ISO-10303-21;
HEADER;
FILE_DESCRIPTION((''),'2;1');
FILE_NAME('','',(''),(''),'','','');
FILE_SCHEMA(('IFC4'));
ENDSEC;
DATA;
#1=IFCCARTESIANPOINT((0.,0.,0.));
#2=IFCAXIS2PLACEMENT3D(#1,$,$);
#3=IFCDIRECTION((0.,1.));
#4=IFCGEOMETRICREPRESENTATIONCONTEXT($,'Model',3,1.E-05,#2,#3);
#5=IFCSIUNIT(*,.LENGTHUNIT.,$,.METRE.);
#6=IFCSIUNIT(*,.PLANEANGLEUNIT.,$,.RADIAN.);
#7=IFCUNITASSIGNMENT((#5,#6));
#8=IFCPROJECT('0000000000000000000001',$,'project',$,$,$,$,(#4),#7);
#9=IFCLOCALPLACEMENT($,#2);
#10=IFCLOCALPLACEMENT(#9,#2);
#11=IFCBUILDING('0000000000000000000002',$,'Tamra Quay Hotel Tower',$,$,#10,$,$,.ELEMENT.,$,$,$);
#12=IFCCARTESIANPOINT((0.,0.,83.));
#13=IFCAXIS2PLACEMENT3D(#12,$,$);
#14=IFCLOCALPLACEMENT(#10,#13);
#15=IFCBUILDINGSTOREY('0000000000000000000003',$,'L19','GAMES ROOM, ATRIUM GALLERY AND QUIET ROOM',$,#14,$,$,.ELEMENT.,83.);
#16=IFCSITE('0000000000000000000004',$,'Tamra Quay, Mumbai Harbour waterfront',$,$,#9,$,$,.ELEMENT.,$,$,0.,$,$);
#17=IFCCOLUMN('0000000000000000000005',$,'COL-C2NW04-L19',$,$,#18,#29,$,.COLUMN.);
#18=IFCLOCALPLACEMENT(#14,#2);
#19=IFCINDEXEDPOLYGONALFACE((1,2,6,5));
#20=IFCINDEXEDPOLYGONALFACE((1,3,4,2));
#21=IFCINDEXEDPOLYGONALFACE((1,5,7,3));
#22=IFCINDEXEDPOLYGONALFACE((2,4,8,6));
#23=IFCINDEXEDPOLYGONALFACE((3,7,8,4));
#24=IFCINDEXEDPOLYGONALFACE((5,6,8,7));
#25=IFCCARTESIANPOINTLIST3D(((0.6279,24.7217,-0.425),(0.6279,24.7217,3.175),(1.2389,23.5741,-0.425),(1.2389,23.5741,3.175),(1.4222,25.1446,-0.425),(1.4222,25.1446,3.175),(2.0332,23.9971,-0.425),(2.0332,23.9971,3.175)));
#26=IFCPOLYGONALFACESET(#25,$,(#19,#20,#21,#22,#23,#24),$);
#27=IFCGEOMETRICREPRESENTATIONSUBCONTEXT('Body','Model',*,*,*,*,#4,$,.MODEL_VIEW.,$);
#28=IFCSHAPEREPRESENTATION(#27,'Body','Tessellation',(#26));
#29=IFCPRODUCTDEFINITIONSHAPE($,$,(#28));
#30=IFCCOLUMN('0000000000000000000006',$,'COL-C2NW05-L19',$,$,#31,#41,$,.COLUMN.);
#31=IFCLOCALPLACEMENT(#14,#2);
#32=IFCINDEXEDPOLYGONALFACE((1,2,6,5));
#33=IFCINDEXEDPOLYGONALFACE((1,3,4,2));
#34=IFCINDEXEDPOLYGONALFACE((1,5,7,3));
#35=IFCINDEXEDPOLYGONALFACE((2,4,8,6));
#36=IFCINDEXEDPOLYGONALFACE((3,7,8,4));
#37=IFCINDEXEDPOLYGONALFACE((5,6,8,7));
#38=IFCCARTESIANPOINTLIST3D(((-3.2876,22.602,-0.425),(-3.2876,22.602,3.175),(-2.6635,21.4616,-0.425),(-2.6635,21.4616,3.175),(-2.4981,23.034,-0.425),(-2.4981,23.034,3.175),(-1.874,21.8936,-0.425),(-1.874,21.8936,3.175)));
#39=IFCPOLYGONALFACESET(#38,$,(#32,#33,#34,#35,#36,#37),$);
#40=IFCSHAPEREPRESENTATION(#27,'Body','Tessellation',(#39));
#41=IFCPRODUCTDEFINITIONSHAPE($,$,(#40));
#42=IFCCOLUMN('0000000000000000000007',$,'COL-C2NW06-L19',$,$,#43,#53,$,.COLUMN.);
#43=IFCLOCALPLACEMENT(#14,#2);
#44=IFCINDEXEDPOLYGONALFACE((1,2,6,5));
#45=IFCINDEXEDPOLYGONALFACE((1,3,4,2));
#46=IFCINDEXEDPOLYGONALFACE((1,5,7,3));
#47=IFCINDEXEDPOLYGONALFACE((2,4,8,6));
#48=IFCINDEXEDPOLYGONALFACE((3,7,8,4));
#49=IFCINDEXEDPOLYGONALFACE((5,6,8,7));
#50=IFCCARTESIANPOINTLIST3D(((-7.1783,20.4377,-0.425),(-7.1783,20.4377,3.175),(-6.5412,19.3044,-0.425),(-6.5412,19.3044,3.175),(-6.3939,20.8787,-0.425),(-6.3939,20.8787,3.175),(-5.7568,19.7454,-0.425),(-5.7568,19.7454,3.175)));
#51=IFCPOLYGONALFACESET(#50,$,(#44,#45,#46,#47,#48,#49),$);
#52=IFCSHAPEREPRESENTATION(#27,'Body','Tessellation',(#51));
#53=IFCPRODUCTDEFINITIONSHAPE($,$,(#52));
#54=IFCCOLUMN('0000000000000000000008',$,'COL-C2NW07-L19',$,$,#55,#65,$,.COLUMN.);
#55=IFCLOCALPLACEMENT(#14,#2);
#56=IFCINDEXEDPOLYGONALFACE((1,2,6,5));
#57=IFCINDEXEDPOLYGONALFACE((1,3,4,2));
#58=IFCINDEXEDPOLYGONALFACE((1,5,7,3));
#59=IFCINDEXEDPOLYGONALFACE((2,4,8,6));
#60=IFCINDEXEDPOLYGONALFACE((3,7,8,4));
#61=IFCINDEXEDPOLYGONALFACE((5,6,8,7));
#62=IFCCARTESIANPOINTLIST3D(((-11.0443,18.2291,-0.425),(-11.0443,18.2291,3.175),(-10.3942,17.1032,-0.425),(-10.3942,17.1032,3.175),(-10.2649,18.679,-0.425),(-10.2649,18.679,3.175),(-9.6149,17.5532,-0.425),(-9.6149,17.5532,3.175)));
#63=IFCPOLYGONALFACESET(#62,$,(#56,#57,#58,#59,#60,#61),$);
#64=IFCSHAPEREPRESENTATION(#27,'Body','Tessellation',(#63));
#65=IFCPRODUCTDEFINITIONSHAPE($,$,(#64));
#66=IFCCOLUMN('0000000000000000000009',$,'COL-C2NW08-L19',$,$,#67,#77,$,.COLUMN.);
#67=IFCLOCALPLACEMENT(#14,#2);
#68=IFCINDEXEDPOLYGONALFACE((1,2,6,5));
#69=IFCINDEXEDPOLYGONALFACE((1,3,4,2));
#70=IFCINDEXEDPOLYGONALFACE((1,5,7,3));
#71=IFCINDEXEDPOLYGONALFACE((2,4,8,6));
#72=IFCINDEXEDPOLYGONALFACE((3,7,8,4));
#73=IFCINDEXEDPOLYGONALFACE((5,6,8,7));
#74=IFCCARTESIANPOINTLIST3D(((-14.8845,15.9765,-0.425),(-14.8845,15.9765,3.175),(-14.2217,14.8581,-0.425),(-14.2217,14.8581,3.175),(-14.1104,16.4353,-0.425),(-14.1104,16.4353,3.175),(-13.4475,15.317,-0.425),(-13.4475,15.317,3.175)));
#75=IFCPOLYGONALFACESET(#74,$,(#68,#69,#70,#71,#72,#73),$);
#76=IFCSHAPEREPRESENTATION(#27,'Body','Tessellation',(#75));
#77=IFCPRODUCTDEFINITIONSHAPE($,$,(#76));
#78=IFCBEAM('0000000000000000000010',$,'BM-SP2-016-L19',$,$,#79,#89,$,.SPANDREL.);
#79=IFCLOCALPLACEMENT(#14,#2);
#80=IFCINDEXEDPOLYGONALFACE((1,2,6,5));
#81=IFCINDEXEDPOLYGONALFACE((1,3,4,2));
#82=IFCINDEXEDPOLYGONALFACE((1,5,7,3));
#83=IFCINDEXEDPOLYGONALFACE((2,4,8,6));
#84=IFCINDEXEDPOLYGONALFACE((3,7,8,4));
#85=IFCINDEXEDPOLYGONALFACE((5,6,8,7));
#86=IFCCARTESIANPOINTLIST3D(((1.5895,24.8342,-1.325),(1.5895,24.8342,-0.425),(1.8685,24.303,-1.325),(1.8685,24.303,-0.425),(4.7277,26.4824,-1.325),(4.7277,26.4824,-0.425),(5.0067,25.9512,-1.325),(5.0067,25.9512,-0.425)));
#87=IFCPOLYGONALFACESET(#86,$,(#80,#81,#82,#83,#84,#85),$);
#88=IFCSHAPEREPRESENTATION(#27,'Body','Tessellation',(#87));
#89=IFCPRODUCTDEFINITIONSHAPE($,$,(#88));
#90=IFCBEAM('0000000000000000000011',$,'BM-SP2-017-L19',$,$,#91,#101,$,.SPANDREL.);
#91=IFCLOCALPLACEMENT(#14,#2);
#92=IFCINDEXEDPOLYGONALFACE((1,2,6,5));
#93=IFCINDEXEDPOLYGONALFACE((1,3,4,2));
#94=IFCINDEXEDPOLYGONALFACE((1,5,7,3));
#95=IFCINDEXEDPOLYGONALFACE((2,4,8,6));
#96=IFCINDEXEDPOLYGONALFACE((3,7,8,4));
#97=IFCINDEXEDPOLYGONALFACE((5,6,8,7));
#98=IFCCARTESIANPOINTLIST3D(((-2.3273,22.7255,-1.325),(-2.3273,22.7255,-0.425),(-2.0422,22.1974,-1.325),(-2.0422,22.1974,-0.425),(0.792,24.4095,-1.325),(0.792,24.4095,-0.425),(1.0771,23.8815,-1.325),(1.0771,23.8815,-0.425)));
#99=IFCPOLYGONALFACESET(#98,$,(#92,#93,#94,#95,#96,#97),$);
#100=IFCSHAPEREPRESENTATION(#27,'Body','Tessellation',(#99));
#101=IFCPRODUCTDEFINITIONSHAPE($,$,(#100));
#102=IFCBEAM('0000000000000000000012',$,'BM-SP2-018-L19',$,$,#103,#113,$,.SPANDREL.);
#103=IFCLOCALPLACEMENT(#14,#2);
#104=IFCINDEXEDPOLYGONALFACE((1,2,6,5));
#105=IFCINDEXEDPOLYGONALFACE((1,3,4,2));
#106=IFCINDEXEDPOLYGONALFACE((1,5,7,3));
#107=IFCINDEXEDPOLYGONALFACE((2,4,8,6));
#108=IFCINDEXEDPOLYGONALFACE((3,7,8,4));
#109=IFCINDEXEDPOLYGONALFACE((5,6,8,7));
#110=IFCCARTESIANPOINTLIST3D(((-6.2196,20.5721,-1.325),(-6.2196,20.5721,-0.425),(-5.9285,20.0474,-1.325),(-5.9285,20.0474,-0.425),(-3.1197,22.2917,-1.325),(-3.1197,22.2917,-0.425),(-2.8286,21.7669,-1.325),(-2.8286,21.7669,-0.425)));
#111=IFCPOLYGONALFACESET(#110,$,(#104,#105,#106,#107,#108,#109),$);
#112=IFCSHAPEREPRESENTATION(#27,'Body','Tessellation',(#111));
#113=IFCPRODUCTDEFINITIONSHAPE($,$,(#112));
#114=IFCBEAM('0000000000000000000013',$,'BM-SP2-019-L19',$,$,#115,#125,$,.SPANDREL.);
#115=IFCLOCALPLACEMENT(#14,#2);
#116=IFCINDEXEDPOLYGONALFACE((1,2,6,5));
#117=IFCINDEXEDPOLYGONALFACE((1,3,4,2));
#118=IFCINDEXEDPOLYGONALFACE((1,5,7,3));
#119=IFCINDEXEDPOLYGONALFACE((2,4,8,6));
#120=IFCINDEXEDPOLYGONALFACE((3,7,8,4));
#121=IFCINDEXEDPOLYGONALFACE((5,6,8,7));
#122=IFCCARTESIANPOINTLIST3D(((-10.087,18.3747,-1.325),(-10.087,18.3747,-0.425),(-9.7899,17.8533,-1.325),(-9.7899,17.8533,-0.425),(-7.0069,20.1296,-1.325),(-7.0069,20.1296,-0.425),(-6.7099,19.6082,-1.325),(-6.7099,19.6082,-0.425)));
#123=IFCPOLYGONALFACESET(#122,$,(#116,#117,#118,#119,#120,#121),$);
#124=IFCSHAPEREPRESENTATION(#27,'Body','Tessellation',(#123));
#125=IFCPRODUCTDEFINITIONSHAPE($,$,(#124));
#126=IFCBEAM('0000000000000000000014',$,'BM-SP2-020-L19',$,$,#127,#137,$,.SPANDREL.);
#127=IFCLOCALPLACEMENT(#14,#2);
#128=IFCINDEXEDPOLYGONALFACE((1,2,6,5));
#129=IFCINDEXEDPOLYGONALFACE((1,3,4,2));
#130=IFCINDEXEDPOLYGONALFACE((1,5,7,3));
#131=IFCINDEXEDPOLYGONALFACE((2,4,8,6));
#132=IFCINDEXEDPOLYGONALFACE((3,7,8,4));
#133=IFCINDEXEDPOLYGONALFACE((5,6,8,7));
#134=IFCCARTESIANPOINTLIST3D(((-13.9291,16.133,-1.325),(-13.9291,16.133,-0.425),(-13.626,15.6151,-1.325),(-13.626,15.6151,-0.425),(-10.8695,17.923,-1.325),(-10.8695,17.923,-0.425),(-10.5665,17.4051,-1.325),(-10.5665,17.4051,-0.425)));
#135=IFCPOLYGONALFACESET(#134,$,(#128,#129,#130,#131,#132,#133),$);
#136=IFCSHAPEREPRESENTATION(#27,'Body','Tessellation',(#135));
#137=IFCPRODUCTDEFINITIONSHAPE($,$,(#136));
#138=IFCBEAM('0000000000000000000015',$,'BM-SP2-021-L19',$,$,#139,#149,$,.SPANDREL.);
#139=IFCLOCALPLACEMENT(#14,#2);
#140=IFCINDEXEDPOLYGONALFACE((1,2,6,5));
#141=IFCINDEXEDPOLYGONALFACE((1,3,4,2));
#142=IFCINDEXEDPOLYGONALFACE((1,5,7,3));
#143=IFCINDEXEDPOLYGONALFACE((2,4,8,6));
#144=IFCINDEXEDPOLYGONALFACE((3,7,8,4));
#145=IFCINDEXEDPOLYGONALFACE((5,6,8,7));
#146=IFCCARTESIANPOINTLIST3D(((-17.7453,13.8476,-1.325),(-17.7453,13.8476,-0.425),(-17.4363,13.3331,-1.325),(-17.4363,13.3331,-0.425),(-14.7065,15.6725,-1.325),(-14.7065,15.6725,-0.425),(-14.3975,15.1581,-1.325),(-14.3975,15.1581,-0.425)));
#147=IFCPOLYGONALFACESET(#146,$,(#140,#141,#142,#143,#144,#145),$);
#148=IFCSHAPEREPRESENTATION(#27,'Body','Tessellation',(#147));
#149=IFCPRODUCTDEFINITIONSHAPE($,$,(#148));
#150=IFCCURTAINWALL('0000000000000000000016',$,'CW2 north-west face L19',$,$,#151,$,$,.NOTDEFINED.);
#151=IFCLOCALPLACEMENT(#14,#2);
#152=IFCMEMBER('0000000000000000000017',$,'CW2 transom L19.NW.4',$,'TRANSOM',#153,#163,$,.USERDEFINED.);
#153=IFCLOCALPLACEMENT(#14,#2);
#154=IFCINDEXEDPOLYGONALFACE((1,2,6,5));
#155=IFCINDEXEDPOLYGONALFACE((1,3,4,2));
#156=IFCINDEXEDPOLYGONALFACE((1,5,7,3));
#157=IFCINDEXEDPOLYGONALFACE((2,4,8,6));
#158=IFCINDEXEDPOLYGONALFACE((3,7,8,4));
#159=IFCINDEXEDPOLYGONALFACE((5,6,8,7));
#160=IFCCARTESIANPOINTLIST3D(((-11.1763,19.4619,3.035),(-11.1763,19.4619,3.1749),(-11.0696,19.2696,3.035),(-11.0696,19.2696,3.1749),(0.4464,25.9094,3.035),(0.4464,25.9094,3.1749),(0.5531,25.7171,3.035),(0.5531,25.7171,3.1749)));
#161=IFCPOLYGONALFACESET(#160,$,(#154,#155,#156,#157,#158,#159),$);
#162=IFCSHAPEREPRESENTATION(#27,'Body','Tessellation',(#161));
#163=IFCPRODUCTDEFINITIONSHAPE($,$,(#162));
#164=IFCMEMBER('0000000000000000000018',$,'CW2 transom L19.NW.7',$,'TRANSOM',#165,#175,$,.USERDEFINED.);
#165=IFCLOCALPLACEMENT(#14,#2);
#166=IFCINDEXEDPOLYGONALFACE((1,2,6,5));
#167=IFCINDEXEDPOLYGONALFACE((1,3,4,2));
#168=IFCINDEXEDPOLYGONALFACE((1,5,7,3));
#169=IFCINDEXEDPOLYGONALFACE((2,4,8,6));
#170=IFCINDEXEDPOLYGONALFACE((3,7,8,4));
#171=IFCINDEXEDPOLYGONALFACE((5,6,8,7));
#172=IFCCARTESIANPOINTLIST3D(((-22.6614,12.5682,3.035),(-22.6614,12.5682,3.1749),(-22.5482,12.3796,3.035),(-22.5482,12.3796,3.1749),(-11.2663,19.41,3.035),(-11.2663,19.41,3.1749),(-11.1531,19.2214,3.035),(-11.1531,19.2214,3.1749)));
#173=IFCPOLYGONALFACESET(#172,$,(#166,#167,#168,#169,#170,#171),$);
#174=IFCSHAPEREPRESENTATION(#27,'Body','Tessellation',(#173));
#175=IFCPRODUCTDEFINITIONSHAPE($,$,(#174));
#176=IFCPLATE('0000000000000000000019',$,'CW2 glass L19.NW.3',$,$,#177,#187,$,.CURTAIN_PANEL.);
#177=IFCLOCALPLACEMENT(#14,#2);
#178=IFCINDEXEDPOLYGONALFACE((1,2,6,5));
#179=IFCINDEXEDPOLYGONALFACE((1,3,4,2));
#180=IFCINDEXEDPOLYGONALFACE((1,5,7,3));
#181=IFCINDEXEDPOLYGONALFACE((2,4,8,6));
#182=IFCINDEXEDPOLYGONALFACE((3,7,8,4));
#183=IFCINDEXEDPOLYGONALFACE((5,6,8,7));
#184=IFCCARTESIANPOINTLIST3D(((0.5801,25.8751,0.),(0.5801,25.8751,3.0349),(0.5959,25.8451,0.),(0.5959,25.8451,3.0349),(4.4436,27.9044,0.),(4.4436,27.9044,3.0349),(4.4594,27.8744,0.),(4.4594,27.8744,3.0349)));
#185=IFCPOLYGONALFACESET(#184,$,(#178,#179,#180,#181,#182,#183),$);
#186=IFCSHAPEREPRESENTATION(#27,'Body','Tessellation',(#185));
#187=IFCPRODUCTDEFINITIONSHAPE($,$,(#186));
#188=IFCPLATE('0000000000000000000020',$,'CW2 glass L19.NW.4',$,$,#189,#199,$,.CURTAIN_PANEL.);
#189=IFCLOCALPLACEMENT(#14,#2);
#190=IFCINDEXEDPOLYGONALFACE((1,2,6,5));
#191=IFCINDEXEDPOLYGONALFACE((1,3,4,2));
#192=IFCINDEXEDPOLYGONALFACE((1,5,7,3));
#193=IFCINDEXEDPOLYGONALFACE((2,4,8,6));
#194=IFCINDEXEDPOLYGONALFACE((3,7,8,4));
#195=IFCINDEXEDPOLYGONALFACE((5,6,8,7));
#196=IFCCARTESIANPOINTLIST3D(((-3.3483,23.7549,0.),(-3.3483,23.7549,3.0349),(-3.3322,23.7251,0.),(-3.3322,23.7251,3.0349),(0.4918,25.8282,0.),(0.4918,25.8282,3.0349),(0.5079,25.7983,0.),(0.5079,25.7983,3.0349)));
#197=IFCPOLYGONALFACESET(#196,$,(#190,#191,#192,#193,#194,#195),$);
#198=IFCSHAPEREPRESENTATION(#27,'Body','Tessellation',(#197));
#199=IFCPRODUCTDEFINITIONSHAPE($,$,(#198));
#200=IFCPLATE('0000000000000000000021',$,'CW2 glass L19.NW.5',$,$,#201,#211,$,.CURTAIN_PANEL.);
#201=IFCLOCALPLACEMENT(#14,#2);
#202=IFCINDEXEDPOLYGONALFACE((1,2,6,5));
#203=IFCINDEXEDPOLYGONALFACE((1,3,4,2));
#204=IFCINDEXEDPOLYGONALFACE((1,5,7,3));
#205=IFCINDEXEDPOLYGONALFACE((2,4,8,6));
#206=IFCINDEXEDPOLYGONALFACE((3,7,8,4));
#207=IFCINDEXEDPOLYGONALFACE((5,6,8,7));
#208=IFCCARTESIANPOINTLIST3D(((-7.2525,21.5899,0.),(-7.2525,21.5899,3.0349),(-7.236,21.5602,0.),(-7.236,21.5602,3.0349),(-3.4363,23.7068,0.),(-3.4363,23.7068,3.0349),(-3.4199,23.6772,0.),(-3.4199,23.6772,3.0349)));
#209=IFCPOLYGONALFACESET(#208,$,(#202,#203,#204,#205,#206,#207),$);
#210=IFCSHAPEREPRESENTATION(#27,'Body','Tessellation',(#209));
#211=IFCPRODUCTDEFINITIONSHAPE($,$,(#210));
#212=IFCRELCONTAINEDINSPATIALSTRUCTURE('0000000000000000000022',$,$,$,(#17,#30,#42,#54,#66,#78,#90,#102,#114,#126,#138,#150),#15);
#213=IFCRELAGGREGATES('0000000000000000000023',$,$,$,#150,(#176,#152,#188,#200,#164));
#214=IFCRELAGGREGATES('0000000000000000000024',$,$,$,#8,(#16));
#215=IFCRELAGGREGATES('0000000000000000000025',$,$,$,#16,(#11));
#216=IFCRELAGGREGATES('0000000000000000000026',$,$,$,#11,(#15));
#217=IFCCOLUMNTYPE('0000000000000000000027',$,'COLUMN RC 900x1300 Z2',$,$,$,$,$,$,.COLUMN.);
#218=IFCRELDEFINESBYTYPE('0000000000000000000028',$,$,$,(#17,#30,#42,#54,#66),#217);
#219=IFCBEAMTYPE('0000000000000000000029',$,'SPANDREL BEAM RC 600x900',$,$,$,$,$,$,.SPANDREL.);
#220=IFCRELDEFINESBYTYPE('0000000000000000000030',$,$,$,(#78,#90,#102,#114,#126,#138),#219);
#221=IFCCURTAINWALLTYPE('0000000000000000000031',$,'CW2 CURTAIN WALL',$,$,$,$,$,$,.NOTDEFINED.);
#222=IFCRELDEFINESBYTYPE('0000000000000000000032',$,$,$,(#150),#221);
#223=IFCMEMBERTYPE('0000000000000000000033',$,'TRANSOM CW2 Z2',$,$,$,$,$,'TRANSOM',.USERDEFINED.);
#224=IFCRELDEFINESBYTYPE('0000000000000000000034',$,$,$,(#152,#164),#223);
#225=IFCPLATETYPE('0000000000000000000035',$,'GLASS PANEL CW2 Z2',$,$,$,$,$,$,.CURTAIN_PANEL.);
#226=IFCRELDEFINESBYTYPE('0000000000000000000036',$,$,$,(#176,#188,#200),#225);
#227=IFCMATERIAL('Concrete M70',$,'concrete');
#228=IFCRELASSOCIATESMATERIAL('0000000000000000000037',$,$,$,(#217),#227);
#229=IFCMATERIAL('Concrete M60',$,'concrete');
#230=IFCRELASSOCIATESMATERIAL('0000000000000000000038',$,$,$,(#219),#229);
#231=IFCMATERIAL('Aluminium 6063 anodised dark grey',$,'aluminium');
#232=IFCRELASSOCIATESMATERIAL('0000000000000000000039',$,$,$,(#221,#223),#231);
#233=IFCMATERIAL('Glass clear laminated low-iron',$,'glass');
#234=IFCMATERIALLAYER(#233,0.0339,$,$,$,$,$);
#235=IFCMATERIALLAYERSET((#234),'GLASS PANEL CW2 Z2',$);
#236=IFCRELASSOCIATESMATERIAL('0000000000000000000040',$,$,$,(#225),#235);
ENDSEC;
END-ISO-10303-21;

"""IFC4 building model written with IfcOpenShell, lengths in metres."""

from ifc_helpers import new_model, si_unit, direction, frame, origin, origin_2d, place, context, subcontext, project, spatial, rectangle, extrude, material, layer, layer_set, material_profile, profile_set, type_object, element, aggregate, save


model = new_model("IFC4")

# Units and contexts
model_context = context("Model", 3, precision=1e-05, world=origin(), true_north=direction((0.0, 1.0)))
body_context = subcontext(model_context, "Body", "Model", "MODEL_VIEW")
ifc_project = project(units=[si_unit("LENGTHUNIT", "METRE"), si_unit("PLANEANGLEUNIT", "RADIAN")], contexts=[model_context])

# Site, building, storey
site_placement = place(None, origin())
site = spatial("IfcSite", under=ifc_project, at=site_placement, Name="Tamra Quay, Mumbai Harbour waterfront", CompositionType="ELEMENT", RefElevation=0.0)
building_placement = place(site_placement, origin())
building = spatial("IfcBuilding", under=site, at=building_placement, Name="Tamra Quay Hotel Tower", CompositionType="ELEMENT")
storey_placement = place(building_placement, frame((0.0, 0.0, 83.0)))
storey = spatial("IfcBuildingStorey", under=building, at=storey_placement, Name="L19", Description="GAMES ROOM, ATRIUM GALLERY AND QUIET ROOM", CompositionType="ELEMENT", Elevation=83.0)

# Columns
ifc_material_1 = material(Name="Concrete M70", Category="concrete")
ifc_material_profile_1 = material_profile(ifc_material_1, rectangle(XDim=1.3, YDim=0.8999, at=origin_2d()), Name="COLUMN RC 900x1300 Z2")
ifc_profile_set_1 = profile_set([ifc_material_profile_1], Name="Concrete M70")
column_type = type_object("IfcColumnType", Name="COLUMN RC 900x1300 Z2", PredefinedType="COLUMN", material=ifc_profile_set_1)
for number, where, z_axis, x_axis, name in (
    (1, (1.3306, 24.3594, -0.425), (0.0, 0.0, 1.0), (-0.470002, 0.882666, 0.0), "COL-C2NW04-L19"),
    (2, (-2.5808, 22.2478, -0.425), (0.0, 0.0, 1.0), (-0.48006, 0.877236, 0.0), "COL-C2NW05-L19"),
    (3, (-6.4675, 20.0916, -0.425), (0.0, 0.0, 1.0), (-0.490061, 0.871688, 0.0), "COL-C2NW06-L19"),
    (4, (-10.3296, 17.8911, -0.425), (0.0, 0.0, 1.0), (-0.5, 0.866025, 0.0), "COL-C2NW07-L19"),
    (5, (-14.166, 15.6467, -0.425), (0.0, 0.0, 1.0), (-0.509873, 0.860249, 0.0), "COL-C2NW08-L19"),
):
    element("IfcColumn", number, at=place(storey_placement, frame(where, z_axis=z_axis, x_axis=x_axis)), inside=storey, type_object=column_type, Name=name, PredefinedType="COLUMN", context=body_context, shape_type="SweptSolid", body=[
        extrude(rectangle(XDim=1.3, YDim=0.8999, at=origin_2d()), origin(), (0.0, 0.0, 1.0), 3.6001),
    ])

# Beams
ifc_material_2 = material(Name="Concrete M60", Category="concrete")
ifc_material_profile_2 = material_profile(ifc_material_2, rectangle(XDim=0.6001, YDim=0.8999, at=origin_2d()), Name="SPANDREL BEAM RC 600x900")
ifc_profile_set_2 = profile_set([ifc_material_profile_2], Name="Concrete M60")
beam_type = type_object("IfcBeamType", Name="SPANDREL BEAM RC 600x900", PredefinedType="SPANDREL", material=ifc_profile_set_2)
beam_placement = place(storey_placement, frame((4.8672, 26.2168, -0.875), z_axis=(-0.885323, -0.464977, 0.0), x_axis=(0.464977, -0.885323, 0.0)))
element("IfcBeam", 6, at=beam_placement, inside=storey, type_object=beam_type, Name="BM-SP2-016-L19", PredefinedType="SPANDREL", context=body_context, shape_type="SweptSolid", body=[
    extrude(rectangle(XDim=0.6001, YDim=0.8999, at=origin_2d()), origin(), (0.0, 0.0, 1.0), 3.5447),
])
for number, where, z_axis, x_axis, name in (
    (7, (0.9346, 24.1455, -0.875), (-0.879951, -0.475065, 0.0), (0.475065, -0.879951, 0.0), "BM-SP2-017-L19"),
    (8, (-2.9741, 22.0293, -0.875), (-0.874475, -0.48507, 0.0), (0.48507, -0.874475, 0.0), "BM-SP2-018-L19"),
    (9, (-6.8584, 19.8689, -0.875), (-0.86887, -0.495041, 0.0), (0.495041, -0.86887, 0.0), "BM-SP2-019-L19"),
):
    element("IfcBeam", number, at=place(storey_placement, frame(where, z_axis=z_axis, x_axis=x_axis)), inside=storey, type_object=beam_type, Name=name, PredefinedType="SPANDREL", context=body_context, shape_type="SweptSolid", body=[
        extrude(rectangle(XDim=0.6001, YDim=0.8999, at=origin_2d()), origin(), (0.0, 0.0, 1.0), 3.5449),
    ])
for number, where, z_axis, x_axis, name in (
    (10, (-10.718, 17.6641, -0.875), (-0.863129, -0.504984, 0.0), (0.504984, -0.863129, 0.0), "BM-SP2-020-L19"),
    (11, (-14.552, 15.4153, -0.875), (-0.857286, -0.51484, 0.0), (0.51484, -0.857286, 0.0), "BM-SP2-021-L19"),
):
    element("IfcBeam", number, at=place(storey_placement, frame(where, z_axis=z_axis, x_axis=x_axis)), inside=storey, type_object=beam_type, Name=name, PredefinedType="SPANDREL", context=body_context, shape_type="SweptSolid", body=[
        extrude(rectangle(XDim=0.6001, YDim=0.8999, at=origin_2d()), origin(), (0.0, 0.0, 1.0), 3.5447),
    ])

# Curtain wall, members, plates
ifc_material_3 = material(Name="Aluminium 6063 anodised dark grey", Category="aluminium")
curtain_wall_type = type_object("IfcCurtainWallType", Name="CW2 CURTAIN WALL", PredefinedType="NOTDEFINED", material=ifc_material_3)
curtain_wall_placement = place(storey_placement, origin())
curtain_wall = element("IfcCurtainWall", 12, at=curtain_wall_placement, inside=storey, type_object=curtain_wall_type, Name="CW2 north-west face L19", PredefinedType="NOTDEFINED")
ifc_material_profile_3 = material_profile(ifc_material_3, rectangle(XDim=0.22, YDim=0.1399, at=origin_2d()), Name="TRANSOM 220X140")
ifc_profile_set_3 = profile_set([ifc_material_profile_3], Name="Aluminium 6063 anodised dark grey")
member_type = type_object("IfcMemberType", Name="TRANSOM CW2 Z2", ElementType="TRANSOM", PredefinedType="USERDEFINED", material=ifc_profile_set_3)
member_1_placement = place(storey_placement, frame((0.4998, 25.8132, 3.105), z_axis=(-0.874464, -0.485091, 0.0), x_axis=(0.485091, -0.874464, 0.0)))
member_1 = element("IfcMember", 13, at=member_1_placement, type_object=member_type, Name="CW2 transom L19.NW.4", ObjectType="TRANSOM", PredefinedType="USERDEFINED", context=body_context, shape_type="SweptSolid", body=[
    extrude(rectangle(XDim=0.22, YDim=0.1399, at=origin_2d()), origin(), (0.0, 0.0, 1.0), 13.2913),
])
member_2_placement = place(storey_placement, frame((-11.2097, 19.3157, 3.105), z_axis=(-0.857334, -0.51476, 0.0), x_axis=(0.51476, -0.857334, 0.0)))
member_2 = element("IfcMember", 14, at=member_2_placement, type_object=member_type, Name="CW2 transom L19.NW.7", ObjectType="TRANSOM", PredefinedType="USERDEFINED", context=body_context, shape_type="SweptSolid", body=[
    extrude(rectangle(XDim=0.22, YDim=0.1399, at=origin_2d()), origin(), (0.0, 0.0, 1.0), 13.2913),
])
ifc_material_4 = material(Name="Glass clear laminated low-iron", Category="glass")
ifc_layer_1 = layer(ifc_material_4, 0.0339)
ifc_layer_set_1 = layer_set([ifc_layer_1], Name="GLASS PANEL CW2 Z2")
plate_type = type_object("IfcPlateType", Name="GLASS PANEL CW2 Z2", PredefinedType="CURTAIN_PANEL", material=ifc_layer_set_1)
plate_1_placement = place(storey_placement, frame((2.5198, 26.8748, 0.0), z_axis=(0.0, 0.0, 1.0), x_axis=(-0.885306, -0.465009, 0.0)))
plate_1 = element("IfcPlate", 15, at=plate_1_placement, type_object=plate_type, Name="CW2 glass L19.NW.3", PredefinedType="CURTAIN_PANEL", context=body_context, shape_type="SweptSolid", body=[
    extrude(rectangle(XDim=4.364, YDim=0.0339, at=origin_2d()), origin(), (0.0, 0.0, 1.0), 3.0349),
])
plate_2_placement = place(storey_placement, frame((-1.4202, 24.7766, 0.0), z_axis=(0.0, 0.0, 1.0), x_axis=(-0.879946, -0.475074, 0.0)))
plate_2 = element("IfcPlate", 16, at=plate_2_placement, type_object=plate_type, Name="CW2 glass L19.NW.4", PredefinedType="CURTAIN_PANEL", context=body_context, shape_type="SweptSolid", body=[
    extrude(rectangle(XDim=4.364, YDim=0.0339, at=origin_2d()), origin(), (0.0, 0.0, 1.0), 3.0349),
])
plate_3_placement = place(storey_placement, frame((-5.3362, 22.6335, 0.0), z_axis=(0.0, 0.0, 1.0), x_axis=(-0.874465, -0.485088, 0.0)))
plate_3 = element("IfcPlate", 17, at=plate_3_placement, type_object=plate_type, Name="CW2 glass L19.NW.5", PredefinedType="CURTAIN_PANEL", context=body_context, shape_type="SweptSolid", body=[
    extrude(rectangle(XDim=4.364, YDim=0.0339, at=origin_2d()), origin(), (0.0, 0.0, 1.0), 3.0349),
])
aggregate(curtain_wall, [plate_1, member_1, plate_2, plate_3, member_2])

save(model, "model.ifc")
